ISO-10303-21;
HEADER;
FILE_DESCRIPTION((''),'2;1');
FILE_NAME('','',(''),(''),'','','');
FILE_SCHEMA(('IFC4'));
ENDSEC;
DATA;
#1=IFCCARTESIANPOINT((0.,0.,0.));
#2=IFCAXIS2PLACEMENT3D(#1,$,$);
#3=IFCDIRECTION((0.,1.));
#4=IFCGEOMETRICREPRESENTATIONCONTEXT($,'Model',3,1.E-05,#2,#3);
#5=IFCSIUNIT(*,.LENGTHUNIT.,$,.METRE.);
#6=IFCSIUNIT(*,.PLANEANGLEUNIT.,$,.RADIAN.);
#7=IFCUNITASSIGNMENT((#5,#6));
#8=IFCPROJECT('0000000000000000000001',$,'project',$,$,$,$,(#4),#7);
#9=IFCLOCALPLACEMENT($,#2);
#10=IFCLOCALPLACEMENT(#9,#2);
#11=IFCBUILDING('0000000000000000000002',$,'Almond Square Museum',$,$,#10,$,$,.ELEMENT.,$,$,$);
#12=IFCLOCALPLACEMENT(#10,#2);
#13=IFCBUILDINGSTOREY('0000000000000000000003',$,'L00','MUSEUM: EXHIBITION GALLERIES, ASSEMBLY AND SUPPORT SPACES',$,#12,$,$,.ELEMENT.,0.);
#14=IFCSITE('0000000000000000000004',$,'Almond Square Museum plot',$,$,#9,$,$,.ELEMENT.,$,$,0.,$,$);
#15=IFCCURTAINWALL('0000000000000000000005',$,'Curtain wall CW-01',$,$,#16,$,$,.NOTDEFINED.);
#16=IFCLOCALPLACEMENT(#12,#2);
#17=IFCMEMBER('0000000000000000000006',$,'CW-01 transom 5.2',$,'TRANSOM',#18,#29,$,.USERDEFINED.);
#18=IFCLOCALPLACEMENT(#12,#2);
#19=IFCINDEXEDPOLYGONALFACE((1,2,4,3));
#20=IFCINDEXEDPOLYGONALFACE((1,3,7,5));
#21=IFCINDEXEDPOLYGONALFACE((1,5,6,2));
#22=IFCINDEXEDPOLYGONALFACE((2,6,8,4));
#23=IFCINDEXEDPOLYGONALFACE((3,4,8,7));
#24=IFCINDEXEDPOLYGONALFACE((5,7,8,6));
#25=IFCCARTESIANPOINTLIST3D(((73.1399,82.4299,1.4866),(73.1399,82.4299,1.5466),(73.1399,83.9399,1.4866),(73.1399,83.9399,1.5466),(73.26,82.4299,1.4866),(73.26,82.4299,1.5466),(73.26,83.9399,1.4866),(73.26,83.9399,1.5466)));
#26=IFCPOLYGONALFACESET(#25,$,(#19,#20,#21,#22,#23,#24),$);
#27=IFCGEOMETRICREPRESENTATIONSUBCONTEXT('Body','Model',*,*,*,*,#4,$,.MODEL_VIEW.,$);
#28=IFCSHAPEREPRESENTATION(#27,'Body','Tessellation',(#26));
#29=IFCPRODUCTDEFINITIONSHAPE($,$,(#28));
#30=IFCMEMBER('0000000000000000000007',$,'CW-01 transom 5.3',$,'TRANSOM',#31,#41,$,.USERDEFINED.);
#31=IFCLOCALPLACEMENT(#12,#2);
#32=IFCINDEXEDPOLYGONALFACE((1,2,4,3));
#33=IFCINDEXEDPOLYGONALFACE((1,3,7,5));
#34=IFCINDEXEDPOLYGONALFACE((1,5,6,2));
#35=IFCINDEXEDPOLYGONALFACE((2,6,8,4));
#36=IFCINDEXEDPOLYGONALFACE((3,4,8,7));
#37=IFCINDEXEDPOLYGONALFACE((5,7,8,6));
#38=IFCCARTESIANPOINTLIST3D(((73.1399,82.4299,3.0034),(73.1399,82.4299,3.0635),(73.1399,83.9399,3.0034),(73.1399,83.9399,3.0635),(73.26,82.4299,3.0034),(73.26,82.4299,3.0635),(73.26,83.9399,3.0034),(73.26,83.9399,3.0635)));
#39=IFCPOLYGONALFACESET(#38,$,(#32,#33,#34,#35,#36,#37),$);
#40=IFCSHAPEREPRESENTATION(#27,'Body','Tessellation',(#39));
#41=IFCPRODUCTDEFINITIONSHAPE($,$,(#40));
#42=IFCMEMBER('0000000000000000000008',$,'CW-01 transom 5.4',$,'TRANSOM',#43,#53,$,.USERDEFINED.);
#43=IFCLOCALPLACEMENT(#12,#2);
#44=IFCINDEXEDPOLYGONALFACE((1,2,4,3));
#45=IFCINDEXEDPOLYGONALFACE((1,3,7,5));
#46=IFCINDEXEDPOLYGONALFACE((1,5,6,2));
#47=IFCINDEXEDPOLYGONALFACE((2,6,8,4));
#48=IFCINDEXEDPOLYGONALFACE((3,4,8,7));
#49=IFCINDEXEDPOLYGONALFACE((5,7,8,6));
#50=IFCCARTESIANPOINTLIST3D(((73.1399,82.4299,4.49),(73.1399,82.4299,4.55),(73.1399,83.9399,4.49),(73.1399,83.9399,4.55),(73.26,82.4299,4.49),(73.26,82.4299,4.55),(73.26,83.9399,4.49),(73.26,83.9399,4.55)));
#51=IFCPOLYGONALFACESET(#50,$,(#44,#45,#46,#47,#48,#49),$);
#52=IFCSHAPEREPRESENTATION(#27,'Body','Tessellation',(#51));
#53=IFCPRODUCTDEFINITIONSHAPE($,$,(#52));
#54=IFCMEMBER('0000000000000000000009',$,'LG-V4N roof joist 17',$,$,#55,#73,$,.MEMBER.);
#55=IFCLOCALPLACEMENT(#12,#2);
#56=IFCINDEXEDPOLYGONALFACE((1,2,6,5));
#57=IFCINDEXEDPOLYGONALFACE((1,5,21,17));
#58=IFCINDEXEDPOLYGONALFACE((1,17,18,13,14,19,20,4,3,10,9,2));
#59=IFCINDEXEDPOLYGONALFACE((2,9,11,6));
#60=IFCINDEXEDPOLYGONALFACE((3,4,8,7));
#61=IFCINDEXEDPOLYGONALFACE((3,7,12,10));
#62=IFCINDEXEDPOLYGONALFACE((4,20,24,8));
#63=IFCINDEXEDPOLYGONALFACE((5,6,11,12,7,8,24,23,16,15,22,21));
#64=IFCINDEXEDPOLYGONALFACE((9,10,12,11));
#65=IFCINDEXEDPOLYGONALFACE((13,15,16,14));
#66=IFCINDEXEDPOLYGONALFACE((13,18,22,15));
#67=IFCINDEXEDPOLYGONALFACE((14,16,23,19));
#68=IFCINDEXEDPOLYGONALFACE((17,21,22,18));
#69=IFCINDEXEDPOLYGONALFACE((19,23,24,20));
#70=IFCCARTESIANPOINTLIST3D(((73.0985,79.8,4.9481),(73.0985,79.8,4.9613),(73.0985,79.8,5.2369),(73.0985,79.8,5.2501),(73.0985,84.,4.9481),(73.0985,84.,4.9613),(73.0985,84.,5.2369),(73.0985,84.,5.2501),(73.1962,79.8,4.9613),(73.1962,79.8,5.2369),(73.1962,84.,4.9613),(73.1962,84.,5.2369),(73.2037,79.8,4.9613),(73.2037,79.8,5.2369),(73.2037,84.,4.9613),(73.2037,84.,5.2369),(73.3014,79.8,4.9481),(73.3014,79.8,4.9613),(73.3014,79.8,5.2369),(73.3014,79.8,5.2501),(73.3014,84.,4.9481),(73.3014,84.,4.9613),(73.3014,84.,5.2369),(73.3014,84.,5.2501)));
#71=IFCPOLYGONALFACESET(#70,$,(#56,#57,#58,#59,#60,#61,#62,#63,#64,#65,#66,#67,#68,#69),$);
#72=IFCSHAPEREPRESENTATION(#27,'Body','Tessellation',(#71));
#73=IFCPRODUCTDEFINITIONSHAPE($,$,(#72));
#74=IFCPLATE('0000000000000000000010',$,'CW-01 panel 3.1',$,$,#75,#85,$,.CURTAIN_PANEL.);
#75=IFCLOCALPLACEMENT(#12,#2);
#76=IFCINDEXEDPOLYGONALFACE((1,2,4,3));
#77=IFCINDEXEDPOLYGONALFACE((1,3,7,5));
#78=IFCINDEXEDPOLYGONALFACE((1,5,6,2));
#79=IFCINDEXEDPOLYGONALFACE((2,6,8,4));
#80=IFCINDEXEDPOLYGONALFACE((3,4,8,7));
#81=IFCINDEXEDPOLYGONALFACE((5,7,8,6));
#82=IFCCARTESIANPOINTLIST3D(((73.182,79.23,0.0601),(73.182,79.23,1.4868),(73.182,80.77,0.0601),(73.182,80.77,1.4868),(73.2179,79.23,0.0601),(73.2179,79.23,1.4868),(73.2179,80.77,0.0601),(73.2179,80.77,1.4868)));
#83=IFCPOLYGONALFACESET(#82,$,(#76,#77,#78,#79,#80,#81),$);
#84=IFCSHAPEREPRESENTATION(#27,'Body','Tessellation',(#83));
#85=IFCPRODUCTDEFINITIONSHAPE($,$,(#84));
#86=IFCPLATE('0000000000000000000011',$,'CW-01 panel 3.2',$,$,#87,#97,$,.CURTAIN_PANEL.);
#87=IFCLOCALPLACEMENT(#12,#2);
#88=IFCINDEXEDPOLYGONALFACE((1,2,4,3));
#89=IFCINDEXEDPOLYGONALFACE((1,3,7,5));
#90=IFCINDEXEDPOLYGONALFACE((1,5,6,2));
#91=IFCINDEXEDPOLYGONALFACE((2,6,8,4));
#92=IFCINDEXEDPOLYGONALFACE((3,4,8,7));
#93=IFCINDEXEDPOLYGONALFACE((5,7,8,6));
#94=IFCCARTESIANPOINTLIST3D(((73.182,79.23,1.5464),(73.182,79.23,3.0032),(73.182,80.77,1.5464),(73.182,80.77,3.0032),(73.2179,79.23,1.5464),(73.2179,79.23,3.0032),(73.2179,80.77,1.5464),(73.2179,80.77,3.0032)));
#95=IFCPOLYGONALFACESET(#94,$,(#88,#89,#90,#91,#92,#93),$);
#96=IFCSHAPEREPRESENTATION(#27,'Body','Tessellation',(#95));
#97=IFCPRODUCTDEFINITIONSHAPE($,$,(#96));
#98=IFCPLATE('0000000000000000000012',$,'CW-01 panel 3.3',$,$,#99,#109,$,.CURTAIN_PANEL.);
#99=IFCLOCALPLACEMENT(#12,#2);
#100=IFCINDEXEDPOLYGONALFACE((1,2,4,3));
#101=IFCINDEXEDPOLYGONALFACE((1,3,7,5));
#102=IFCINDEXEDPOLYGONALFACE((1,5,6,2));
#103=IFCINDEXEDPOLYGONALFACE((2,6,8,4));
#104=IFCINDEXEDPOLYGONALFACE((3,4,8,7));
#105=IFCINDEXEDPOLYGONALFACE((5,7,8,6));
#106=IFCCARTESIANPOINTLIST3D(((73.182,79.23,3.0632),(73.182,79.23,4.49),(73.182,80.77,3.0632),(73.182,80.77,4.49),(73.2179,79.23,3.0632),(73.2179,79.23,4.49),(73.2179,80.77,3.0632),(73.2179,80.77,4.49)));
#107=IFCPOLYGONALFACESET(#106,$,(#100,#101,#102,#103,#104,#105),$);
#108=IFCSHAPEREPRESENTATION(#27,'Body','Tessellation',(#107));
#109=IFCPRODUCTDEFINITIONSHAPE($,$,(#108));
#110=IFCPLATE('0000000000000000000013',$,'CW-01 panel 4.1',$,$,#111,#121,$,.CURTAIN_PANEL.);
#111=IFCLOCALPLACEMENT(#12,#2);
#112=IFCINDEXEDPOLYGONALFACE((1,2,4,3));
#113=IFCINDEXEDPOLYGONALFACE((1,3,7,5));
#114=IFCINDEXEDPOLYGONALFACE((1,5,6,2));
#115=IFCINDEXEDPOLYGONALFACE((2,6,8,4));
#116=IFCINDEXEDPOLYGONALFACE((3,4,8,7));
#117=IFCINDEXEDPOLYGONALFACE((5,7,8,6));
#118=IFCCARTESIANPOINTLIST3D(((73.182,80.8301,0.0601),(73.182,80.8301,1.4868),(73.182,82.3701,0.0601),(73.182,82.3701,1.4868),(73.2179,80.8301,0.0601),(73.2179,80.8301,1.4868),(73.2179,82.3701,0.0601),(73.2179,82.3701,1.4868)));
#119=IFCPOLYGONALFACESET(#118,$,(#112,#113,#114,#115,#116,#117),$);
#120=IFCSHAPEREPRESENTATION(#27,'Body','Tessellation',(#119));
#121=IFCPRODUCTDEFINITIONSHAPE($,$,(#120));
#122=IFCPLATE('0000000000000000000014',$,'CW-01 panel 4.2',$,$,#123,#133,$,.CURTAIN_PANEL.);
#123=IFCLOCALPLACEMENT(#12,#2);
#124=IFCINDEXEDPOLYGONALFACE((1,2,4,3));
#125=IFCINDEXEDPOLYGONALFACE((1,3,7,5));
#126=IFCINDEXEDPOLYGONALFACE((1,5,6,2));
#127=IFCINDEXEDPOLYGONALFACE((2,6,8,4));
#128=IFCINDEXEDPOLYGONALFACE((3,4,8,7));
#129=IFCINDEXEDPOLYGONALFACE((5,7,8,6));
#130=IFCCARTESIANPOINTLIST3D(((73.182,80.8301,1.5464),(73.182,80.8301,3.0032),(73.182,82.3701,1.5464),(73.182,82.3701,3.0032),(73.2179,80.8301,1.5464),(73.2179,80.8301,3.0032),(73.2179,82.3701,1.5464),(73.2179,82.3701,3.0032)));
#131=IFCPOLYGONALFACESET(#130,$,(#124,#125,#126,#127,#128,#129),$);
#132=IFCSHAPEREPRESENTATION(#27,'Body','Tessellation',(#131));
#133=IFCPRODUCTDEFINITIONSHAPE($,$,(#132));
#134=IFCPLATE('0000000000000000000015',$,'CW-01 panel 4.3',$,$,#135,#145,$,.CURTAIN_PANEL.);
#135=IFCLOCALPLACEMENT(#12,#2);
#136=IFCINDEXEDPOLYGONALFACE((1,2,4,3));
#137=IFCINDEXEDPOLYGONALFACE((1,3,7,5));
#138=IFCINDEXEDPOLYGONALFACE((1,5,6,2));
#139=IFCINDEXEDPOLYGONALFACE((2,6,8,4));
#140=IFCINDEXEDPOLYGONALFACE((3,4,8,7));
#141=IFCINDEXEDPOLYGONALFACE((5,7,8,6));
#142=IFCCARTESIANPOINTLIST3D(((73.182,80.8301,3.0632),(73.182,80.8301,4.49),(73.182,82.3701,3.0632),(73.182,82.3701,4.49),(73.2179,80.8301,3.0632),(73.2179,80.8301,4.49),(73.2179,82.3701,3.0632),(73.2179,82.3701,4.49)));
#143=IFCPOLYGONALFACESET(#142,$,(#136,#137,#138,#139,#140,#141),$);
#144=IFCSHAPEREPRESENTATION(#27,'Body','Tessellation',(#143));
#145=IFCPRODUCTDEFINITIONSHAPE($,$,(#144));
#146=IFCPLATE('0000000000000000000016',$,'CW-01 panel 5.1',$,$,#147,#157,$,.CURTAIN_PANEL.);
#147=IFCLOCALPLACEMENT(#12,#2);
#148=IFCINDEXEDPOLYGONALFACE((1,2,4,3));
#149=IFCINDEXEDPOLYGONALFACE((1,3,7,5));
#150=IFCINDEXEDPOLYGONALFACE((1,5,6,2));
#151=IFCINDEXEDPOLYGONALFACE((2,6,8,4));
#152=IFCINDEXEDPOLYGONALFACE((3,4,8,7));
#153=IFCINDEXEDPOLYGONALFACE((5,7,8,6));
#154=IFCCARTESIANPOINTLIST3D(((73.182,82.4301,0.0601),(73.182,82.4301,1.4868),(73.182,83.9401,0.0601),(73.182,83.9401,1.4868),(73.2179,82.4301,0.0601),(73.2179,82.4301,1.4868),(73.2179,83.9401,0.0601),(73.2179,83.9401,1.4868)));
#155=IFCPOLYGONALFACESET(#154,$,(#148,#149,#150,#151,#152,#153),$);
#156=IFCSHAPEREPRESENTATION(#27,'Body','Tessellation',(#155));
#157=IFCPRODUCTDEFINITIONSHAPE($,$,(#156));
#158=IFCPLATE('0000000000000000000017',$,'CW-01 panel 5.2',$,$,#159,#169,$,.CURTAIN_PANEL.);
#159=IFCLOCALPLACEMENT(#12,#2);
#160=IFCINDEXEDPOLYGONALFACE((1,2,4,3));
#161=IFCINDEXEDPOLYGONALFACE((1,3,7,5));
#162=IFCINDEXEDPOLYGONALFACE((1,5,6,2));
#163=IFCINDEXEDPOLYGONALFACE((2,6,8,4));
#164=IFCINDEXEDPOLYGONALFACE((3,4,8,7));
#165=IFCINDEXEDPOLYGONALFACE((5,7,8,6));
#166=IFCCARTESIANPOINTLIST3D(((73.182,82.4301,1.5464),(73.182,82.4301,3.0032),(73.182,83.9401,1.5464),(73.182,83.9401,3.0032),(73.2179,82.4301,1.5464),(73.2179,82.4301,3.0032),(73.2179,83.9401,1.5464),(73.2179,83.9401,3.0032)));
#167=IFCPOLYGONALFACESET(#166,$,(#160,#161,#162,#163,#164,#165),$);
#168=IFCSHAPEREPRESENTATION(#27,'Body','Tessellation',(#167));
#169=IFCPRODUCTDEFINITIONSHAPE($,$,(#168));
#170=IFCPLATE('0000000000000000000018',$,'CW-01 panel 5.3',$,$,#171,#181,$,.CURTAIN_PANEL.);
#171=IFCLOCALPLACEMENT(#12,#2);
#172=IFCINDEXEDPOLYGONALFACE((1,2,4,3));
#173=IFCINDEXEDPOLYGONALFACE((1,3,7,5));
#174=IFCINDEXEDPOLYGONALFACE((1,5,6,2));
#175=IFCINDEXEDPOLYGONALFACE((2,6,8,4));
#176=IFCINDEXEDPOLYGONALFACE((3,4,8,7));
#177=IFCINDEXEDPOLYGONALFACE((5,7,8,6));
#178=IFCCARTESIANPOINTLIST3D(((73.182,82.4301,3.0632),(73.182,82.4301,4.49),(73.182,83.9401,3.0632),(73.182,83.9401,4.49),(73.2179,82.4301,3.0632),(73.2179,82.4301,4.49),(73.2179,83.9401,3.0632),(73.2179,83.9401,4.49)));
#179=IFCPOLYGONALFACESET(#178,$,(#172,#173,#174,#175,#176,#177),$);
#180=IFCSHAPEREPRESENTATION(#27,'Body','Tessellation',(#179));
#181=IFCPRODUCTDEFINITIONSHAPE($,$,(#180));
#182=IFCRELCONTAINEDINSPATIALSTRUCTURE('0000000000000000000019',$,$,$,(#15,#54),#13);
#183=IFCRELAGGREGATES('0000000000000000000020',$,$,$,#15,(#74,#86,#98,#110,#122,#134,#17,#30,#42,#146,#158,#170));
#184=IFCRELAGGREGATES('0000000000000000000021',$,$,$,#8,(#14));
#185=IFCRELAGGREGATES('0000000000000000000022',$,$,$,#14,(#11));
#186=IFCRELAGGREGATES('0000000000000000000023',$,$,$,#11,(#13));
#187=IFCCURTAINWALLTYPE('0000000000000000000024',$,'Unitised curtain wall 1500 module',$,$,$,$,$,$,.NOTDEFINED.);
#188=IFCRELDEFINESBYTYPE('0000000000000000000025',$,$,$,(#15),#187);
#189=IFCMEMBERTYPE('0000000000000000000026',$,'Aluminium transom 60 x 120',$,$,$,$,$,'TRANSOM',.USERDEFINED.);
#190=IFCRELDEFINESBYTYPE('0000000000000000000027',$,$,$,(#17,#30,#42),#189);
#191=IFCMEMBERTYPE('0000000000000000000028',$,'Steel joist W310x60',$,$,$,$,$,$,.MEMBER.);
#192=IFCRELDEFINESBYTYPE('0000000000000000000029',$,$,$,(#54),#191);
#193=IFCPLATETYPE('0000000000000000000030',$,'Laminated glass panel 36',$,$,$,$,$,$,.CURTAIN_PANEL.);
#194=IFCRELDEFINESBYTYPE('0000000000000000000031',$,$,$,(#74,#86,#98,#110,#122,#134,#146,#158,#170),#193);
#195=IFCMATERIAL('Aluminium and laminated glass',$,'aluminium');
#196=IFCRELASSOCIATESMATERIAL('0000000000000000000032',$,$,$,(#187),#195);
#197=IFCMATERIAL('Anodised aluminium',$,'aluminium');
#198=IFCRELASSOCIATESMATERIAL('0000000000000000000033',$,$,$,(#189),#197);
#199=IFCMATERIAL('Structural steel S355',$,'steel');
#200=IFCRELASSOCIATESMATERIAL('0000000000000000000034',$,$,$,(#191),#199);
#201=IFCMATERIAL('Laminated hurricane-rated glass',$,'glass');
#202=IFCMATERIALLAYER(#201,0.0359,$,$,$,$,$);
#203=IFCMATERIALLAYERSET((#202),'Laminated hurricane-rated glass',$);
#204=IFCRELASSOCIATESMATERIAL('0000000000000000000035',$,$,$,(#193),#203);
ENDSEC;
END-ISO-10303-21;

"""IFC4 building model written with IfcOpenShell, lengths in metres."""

from ifc_helpers import new_model, si_unit, direction, frame, origin, origin_2d, place, context, subcontext, project, spatial, rectangle, i_section, extrude, material, layer, layer_set, material_profile, profile_set, type_object, element, aggregate, save


model = new_model("IFC4")

# Units and contexts
model_context = context("Model", 3, precision=1e-05, world=origin(), true_north=direction((0.0, 1.0)))
body_context = subcontext(model_context, "Body", "Model", "MODEL_VIEW")
ifc_project = project(units=[si_unit("LENGTHUNIT", "METRE"), si_unit("PLANEANGLEUNIT", "RADIAN")], contexts=[model_context])

# Site, building, storey
site_placement = place(None, origin())
site = spatial("IfcSite", under=ifc_project, at=site_placement, Name="Almond Square Museum plot", CompositionType="ELEMENT", RefElevation=0.0)
building_placement = place(site_placement, origin())
building = spatial("IfcBuilding", under=site, at=building_placement, Name="Almond Square Museum", CompositionType="ELEMENT")
storey_placement = place(building_placement, origin())
storey = spatial("IfcBuildingStorey", under=building, at=storey_placement, Name="L00", Description="MUSEUM: EXHIBITION GALLERIES, ASSEMBLY AND SUPPORT SPACES", CompositionType="ELEMENT", Elevation=0.0)

# Curtain wall, members
ifc_material_1 = material(Name="Aluminium and laminated glass", Category="aluminium")
curtain_wall_type = type_object("IfcCurtainWallType", Name="Unitised curtain wall 1500 module", PredefinedType="NOTDEFINED", material=ifc_material_1)
curtain_wall_placement = place(storey_placement, origin())
curtain_wall = element("IfcCurtainWall", 1, at=curtain_wall_placement, inside=storey, type_object=curtain_wall_type, Name="Curtain wall CW-01", PredefinedType="NOTDEFINED")
ifc_material_2 = material(Name="Anodised aluminium", Category="aluminium")
ifc_material_profile_1 = material_profile(ifc_material_2, rectangle(XDim=0.1201, YDim=0.0601, at=origin_2d()))
ifc_profile_set_1 = profile_set([ifc_material_profile_1], Name="Anodised aluminium")
member_type_1 = type_object("IfcMemberType", Name="Aluminium transom 60 x 120", ElementType="TRANSOM", PredefinedType="USERDEFINED", material=ifc_profile_set_1)
member_1_placement = place(storey_placement, frame((73.2, 82.4299, 1.5166), z_axis=(0.0, 1.0, 0.0), x_axis=(-1.0, 0.0, 0.0)))
member_1 = element("IfcMember", 2, at=member_1_placement, type_object=member_type_1, Name="CW-01 transom 5.2", ObjectType="TRANSOM", PredefinedType="USERDEFINED", context=body_context, shape_type="SweptSolid", body=[
    extrude(rectangle(XDim=0.1201, YDim=0.0601, at=origin_2d()), origin(), (0.0, 0.0, 1.0), 1.51),
])
member_2_placement = place(storey_placement, frame((73.2, 82.4299, 3.0334), z_axis=(0.0, 1.0, 0.0), x_axis=(-1.0, 0.0, 0.0)))
member_2 = element("IfcMember", 3, at=member_2_placement, type_object=member_type_1, Name="CW-01 transom 5.3", ObjectType="TRANSOM", PredefinedType="USERDEFINED", context=body_context, shape_type="SweptSolid", body=[
    extrude(rectangle(XDim=0.1201, YDim=0.0601, at=origin_2d()), origin(), (0.0, 0.0, 1.0), 1.51),
])
member_3_placement = place(storey_placement, frame((73.2, 82.4299, 4.52), z_axis=(0.0, 1.0, 0.0), x_axis=(-1.0, 0.0, 0.0)))
member_3 = element("IfcMember", 4, at=member_3_placement, type_object=member_type_1, Name="CW-01 transom 5.4", ObjectType="TRANSOM", PredefinedType="USERDEFINED", context=body_context, shape_type="SweptSolid", body=[
    extrude(rectangle(XDim=0.1201, YDim=0.0601, at=origin_2d()), origin(), (0.0, 0.0, 1.0), 1.51),
])

# Member
ifc_material_3 = material(Name="Structural steel S355", Category="steel")
ifc_material_profile_2 = material_profile(ifc_material_3, i_section(OverallWidth=0.2029, OverallDepth=0.302, WebThickness=0.0076, FlangeThickness=0.0132, at=origin_2d()))
ifc_profile_set_2 = profile_set([ifc_material_profile_2], Name="Structural steel S355")
member_type_2 = type_object("IfcMemberType", Name="Steel joist W310x60", PredefinedType="MEMBER", material=ifc_profile_set_2)
member_4_placement = place(storey_placement, frame((73.2, 84.0, 5.0991), z_axis=(0.0, -1.0, 0.0), x_axis=(1.0, 0.0, 0.0)))
element("IfcMember", 5, at=member_4_placement, inside=storey, type_object=member_type_2, Name="LG-V4N roof joist 17", PredefinedType="MEMBER", context=body_context, shape_type="SweptSolid", body=[
    extrude(i_section(OverallWidth=0.2029, OverallDepth=0.302, WebThickness=0.0076, FlangeThickness=0.0132, at=origin_2d()), origin(), (0.0, 0.0, 1.0), 4.2),
])

# Plates
ifc_material_4 = material(Name="Laminated hurricane-rated glass", Category="glass")
ifc_layer_1 = layer(ifc_material_4, 0.0359)
ifc_layer_set_1 = layer_set([ifc_layer_1], Name="Laminated hurricane-rated glass")
plate_type = type_object("IfcPlateType", Name="Laminated glass panel 36", PredefinedType="CURTAIN_PANEL", material=ifc_layer_set_1)
plate_1_placement = place(storey_placement, frame((73.2, 80.0, 0.0601), z_axis=(0.0, 0.0, 1.0), x_axis=(0.0, 1.0, 0.0)))
plate_1 = element("IfcPlate", 6, at=plate_1_placement, type_object=plate_type, Name="CW-01 panel 3.1", PredefinedType="CURTAIN_PANEL", context=body_context, shape_type="SweptSolid", body=[
    extrude(rectangle(XDim=1.54, YDim=0.0359, at=origin_2d()), origin(), (0.0, 0.0, 1.0), 1.4268),
])
plate_2_placement = place(storey_placement, frame((73.2, 80.0, 1.5464), z_axis=(0.0, 0.0, 1.0), x_axis=(0.0, 1.0, 0.0)))
plate_2 = element("IfcPlate", 7, at=plate_2_placement, type_object=plate_type, Name="CW-01 panel 3.2", PredefinedType="CURTAIN_PANEL", context=body_context, shape_type="SweptSolid", body=[
    extrude(rectangle(XDim=1.54, YDim=0.0359, at=origin_2d()), origin(), (0.0, 0.0, 1.0), 1.4568),
])
plate_3_placement = place(storey_placement, frame((73.2, 80.0, 3.0632), z_axis=(0.0, 0.0, 1.0), x_axis=(0.0, 1.0, 0.0)))
plate_3 = element("IfcPlate", 8, at=plate_3_placement, type_object=plate_type, Name="CW-01 panel 3.3", PredefinedType="CURTAIN_PANEL", context=body_context, shape_type="SweptSolid", body=[
    extrude(rectangle(XDim=1.54, YDim=0.0359, at=origin_2d()), origin(), (0.0, 0.0, 1.0), 1.4268),
])
plate_4_placement = place(storey_placement, frame((73.2, 81.6001, 0.0601), z_axis=(0.0, 0.0, 1.0), x_axis=(0.0, 1.0, 0.0)))
plate_4 = element("IfcPlate", 9, at=plate_4_placement, type_object=plate_type, Name="CW-01 panel 4.1", PredefinedType="CURTAIN_PANEL", context=body_context, shape_type="SweptSolid", body=[
    extrude(rectangle(XDim=1.54, YDim=0.0359, at=origin_2d()), origin(), (0.0, 0.0, 1.0), 1.4268),
])
plate_5_placement = place(storey_placement, frame((73.2, 81.6001, 1.5464), z_axis=(0.0, 0.0, 1.0), x_axis=(0.0, 1.0, 0.0)))
plate_5 = element("IfcPlate", 10, at=plate_5_placement, type_object=plate_type, Name="CW-01 panel 4.2", PredefinedType="CURTAIN_PANEL", context=body_context, shape_type="SweptSolid", body=[
    extrude(rectangle(XDim=1.54, YDim=0.0359, at=origin_2d()), origin(), (0.0, 0.0, 1.0), 1.4568),
])
plate_6_placement = place(storey_placement, frame((73.2, 81.6001, 3.0632), z_axis=(0.0, 0.0, 1.0), x_axis=(0.0, 1.0, 0.0)))
plate_6 = element("IfcPlate", 11, at=plate_6_placement, type_object=plate_type, Name="CW-01 panel 4.3", PredefinedType="CURTAIN_PANEL", context=body_context, shape_type="SweptSolid", body=[
    extrude(rectangle(XDim=1.54, YDim=0.0359, at=origin_2d()), origin(), (0.0, 0.0, 1.0), 1.4268),
])
plate_7_placement = place(storey_placement, frame((73.2, 83.1851, 0.0601), z_axis=(0.0, 0.0, 1.0), x_axis=(0.0, 1.0, 0.0)))
plate_7 = element("IfcPlate", 12, at=plate_7_placement, type_object=plate_type, Name="CW-01 panel 5.1", PredefinedType="CURTAIN_PANEL", context=body_context, shape_type="SweptSolid", body=[
    extrude(rectangle(XDim=1.51, YDim=0.0359, at=origin_2d()), origin(), (0.0, 0.0, 1.0), 1.4268),
])
plate_8_placement = place(storey_placement, frame((73.2, 83.1851, 1.5464), z_axis=(0.0, 0.0, 1.0), x_axis=(0.0, 1.0, 0.0)))
plate_8 = element("IfcPlate", 13, at=plate_8_placement, type_object=plate_type, Name="CW-01 panel 5.2", PredefinedType="CURTAIN_PANEL", context=body_context, shape_type="SweptSolid", body=[
    extrude(rectangle(XDim=1.51, YDim=0.0359, at=origin_2d()), origin(), (0.0, 0.0, 1.0), 1.4568),
])
plate_9_placement = place(storey_placement, frame((73.2, 83.1851, 3.0632), z_axis=(0.0, 0.0, 1.0), x_axis=(0.0, 1.0, 0.0)))
plate_9 = element("IfcPlate", 14, at=plate_9_placement, type_object=plate_type, Name="CW-01 panel 5.3", PredefinedType="CURTAIN_PANEL", context=body_context, shape_type="SweptSolid", body=[
    extrude(rectangle(XDim=1.51, YDim=0.0359, at=origin_2d()), origin(), (0.0, 0.0, 1.0), 1.4268),
])
aggregate(curtain_wall, [plate_1, plate_2, plate_3, plate_4, plate_5, plate_6, member_1, member_2, member_3, plate_7, plate_8, plate_9])

save(model, "model.ifc")
